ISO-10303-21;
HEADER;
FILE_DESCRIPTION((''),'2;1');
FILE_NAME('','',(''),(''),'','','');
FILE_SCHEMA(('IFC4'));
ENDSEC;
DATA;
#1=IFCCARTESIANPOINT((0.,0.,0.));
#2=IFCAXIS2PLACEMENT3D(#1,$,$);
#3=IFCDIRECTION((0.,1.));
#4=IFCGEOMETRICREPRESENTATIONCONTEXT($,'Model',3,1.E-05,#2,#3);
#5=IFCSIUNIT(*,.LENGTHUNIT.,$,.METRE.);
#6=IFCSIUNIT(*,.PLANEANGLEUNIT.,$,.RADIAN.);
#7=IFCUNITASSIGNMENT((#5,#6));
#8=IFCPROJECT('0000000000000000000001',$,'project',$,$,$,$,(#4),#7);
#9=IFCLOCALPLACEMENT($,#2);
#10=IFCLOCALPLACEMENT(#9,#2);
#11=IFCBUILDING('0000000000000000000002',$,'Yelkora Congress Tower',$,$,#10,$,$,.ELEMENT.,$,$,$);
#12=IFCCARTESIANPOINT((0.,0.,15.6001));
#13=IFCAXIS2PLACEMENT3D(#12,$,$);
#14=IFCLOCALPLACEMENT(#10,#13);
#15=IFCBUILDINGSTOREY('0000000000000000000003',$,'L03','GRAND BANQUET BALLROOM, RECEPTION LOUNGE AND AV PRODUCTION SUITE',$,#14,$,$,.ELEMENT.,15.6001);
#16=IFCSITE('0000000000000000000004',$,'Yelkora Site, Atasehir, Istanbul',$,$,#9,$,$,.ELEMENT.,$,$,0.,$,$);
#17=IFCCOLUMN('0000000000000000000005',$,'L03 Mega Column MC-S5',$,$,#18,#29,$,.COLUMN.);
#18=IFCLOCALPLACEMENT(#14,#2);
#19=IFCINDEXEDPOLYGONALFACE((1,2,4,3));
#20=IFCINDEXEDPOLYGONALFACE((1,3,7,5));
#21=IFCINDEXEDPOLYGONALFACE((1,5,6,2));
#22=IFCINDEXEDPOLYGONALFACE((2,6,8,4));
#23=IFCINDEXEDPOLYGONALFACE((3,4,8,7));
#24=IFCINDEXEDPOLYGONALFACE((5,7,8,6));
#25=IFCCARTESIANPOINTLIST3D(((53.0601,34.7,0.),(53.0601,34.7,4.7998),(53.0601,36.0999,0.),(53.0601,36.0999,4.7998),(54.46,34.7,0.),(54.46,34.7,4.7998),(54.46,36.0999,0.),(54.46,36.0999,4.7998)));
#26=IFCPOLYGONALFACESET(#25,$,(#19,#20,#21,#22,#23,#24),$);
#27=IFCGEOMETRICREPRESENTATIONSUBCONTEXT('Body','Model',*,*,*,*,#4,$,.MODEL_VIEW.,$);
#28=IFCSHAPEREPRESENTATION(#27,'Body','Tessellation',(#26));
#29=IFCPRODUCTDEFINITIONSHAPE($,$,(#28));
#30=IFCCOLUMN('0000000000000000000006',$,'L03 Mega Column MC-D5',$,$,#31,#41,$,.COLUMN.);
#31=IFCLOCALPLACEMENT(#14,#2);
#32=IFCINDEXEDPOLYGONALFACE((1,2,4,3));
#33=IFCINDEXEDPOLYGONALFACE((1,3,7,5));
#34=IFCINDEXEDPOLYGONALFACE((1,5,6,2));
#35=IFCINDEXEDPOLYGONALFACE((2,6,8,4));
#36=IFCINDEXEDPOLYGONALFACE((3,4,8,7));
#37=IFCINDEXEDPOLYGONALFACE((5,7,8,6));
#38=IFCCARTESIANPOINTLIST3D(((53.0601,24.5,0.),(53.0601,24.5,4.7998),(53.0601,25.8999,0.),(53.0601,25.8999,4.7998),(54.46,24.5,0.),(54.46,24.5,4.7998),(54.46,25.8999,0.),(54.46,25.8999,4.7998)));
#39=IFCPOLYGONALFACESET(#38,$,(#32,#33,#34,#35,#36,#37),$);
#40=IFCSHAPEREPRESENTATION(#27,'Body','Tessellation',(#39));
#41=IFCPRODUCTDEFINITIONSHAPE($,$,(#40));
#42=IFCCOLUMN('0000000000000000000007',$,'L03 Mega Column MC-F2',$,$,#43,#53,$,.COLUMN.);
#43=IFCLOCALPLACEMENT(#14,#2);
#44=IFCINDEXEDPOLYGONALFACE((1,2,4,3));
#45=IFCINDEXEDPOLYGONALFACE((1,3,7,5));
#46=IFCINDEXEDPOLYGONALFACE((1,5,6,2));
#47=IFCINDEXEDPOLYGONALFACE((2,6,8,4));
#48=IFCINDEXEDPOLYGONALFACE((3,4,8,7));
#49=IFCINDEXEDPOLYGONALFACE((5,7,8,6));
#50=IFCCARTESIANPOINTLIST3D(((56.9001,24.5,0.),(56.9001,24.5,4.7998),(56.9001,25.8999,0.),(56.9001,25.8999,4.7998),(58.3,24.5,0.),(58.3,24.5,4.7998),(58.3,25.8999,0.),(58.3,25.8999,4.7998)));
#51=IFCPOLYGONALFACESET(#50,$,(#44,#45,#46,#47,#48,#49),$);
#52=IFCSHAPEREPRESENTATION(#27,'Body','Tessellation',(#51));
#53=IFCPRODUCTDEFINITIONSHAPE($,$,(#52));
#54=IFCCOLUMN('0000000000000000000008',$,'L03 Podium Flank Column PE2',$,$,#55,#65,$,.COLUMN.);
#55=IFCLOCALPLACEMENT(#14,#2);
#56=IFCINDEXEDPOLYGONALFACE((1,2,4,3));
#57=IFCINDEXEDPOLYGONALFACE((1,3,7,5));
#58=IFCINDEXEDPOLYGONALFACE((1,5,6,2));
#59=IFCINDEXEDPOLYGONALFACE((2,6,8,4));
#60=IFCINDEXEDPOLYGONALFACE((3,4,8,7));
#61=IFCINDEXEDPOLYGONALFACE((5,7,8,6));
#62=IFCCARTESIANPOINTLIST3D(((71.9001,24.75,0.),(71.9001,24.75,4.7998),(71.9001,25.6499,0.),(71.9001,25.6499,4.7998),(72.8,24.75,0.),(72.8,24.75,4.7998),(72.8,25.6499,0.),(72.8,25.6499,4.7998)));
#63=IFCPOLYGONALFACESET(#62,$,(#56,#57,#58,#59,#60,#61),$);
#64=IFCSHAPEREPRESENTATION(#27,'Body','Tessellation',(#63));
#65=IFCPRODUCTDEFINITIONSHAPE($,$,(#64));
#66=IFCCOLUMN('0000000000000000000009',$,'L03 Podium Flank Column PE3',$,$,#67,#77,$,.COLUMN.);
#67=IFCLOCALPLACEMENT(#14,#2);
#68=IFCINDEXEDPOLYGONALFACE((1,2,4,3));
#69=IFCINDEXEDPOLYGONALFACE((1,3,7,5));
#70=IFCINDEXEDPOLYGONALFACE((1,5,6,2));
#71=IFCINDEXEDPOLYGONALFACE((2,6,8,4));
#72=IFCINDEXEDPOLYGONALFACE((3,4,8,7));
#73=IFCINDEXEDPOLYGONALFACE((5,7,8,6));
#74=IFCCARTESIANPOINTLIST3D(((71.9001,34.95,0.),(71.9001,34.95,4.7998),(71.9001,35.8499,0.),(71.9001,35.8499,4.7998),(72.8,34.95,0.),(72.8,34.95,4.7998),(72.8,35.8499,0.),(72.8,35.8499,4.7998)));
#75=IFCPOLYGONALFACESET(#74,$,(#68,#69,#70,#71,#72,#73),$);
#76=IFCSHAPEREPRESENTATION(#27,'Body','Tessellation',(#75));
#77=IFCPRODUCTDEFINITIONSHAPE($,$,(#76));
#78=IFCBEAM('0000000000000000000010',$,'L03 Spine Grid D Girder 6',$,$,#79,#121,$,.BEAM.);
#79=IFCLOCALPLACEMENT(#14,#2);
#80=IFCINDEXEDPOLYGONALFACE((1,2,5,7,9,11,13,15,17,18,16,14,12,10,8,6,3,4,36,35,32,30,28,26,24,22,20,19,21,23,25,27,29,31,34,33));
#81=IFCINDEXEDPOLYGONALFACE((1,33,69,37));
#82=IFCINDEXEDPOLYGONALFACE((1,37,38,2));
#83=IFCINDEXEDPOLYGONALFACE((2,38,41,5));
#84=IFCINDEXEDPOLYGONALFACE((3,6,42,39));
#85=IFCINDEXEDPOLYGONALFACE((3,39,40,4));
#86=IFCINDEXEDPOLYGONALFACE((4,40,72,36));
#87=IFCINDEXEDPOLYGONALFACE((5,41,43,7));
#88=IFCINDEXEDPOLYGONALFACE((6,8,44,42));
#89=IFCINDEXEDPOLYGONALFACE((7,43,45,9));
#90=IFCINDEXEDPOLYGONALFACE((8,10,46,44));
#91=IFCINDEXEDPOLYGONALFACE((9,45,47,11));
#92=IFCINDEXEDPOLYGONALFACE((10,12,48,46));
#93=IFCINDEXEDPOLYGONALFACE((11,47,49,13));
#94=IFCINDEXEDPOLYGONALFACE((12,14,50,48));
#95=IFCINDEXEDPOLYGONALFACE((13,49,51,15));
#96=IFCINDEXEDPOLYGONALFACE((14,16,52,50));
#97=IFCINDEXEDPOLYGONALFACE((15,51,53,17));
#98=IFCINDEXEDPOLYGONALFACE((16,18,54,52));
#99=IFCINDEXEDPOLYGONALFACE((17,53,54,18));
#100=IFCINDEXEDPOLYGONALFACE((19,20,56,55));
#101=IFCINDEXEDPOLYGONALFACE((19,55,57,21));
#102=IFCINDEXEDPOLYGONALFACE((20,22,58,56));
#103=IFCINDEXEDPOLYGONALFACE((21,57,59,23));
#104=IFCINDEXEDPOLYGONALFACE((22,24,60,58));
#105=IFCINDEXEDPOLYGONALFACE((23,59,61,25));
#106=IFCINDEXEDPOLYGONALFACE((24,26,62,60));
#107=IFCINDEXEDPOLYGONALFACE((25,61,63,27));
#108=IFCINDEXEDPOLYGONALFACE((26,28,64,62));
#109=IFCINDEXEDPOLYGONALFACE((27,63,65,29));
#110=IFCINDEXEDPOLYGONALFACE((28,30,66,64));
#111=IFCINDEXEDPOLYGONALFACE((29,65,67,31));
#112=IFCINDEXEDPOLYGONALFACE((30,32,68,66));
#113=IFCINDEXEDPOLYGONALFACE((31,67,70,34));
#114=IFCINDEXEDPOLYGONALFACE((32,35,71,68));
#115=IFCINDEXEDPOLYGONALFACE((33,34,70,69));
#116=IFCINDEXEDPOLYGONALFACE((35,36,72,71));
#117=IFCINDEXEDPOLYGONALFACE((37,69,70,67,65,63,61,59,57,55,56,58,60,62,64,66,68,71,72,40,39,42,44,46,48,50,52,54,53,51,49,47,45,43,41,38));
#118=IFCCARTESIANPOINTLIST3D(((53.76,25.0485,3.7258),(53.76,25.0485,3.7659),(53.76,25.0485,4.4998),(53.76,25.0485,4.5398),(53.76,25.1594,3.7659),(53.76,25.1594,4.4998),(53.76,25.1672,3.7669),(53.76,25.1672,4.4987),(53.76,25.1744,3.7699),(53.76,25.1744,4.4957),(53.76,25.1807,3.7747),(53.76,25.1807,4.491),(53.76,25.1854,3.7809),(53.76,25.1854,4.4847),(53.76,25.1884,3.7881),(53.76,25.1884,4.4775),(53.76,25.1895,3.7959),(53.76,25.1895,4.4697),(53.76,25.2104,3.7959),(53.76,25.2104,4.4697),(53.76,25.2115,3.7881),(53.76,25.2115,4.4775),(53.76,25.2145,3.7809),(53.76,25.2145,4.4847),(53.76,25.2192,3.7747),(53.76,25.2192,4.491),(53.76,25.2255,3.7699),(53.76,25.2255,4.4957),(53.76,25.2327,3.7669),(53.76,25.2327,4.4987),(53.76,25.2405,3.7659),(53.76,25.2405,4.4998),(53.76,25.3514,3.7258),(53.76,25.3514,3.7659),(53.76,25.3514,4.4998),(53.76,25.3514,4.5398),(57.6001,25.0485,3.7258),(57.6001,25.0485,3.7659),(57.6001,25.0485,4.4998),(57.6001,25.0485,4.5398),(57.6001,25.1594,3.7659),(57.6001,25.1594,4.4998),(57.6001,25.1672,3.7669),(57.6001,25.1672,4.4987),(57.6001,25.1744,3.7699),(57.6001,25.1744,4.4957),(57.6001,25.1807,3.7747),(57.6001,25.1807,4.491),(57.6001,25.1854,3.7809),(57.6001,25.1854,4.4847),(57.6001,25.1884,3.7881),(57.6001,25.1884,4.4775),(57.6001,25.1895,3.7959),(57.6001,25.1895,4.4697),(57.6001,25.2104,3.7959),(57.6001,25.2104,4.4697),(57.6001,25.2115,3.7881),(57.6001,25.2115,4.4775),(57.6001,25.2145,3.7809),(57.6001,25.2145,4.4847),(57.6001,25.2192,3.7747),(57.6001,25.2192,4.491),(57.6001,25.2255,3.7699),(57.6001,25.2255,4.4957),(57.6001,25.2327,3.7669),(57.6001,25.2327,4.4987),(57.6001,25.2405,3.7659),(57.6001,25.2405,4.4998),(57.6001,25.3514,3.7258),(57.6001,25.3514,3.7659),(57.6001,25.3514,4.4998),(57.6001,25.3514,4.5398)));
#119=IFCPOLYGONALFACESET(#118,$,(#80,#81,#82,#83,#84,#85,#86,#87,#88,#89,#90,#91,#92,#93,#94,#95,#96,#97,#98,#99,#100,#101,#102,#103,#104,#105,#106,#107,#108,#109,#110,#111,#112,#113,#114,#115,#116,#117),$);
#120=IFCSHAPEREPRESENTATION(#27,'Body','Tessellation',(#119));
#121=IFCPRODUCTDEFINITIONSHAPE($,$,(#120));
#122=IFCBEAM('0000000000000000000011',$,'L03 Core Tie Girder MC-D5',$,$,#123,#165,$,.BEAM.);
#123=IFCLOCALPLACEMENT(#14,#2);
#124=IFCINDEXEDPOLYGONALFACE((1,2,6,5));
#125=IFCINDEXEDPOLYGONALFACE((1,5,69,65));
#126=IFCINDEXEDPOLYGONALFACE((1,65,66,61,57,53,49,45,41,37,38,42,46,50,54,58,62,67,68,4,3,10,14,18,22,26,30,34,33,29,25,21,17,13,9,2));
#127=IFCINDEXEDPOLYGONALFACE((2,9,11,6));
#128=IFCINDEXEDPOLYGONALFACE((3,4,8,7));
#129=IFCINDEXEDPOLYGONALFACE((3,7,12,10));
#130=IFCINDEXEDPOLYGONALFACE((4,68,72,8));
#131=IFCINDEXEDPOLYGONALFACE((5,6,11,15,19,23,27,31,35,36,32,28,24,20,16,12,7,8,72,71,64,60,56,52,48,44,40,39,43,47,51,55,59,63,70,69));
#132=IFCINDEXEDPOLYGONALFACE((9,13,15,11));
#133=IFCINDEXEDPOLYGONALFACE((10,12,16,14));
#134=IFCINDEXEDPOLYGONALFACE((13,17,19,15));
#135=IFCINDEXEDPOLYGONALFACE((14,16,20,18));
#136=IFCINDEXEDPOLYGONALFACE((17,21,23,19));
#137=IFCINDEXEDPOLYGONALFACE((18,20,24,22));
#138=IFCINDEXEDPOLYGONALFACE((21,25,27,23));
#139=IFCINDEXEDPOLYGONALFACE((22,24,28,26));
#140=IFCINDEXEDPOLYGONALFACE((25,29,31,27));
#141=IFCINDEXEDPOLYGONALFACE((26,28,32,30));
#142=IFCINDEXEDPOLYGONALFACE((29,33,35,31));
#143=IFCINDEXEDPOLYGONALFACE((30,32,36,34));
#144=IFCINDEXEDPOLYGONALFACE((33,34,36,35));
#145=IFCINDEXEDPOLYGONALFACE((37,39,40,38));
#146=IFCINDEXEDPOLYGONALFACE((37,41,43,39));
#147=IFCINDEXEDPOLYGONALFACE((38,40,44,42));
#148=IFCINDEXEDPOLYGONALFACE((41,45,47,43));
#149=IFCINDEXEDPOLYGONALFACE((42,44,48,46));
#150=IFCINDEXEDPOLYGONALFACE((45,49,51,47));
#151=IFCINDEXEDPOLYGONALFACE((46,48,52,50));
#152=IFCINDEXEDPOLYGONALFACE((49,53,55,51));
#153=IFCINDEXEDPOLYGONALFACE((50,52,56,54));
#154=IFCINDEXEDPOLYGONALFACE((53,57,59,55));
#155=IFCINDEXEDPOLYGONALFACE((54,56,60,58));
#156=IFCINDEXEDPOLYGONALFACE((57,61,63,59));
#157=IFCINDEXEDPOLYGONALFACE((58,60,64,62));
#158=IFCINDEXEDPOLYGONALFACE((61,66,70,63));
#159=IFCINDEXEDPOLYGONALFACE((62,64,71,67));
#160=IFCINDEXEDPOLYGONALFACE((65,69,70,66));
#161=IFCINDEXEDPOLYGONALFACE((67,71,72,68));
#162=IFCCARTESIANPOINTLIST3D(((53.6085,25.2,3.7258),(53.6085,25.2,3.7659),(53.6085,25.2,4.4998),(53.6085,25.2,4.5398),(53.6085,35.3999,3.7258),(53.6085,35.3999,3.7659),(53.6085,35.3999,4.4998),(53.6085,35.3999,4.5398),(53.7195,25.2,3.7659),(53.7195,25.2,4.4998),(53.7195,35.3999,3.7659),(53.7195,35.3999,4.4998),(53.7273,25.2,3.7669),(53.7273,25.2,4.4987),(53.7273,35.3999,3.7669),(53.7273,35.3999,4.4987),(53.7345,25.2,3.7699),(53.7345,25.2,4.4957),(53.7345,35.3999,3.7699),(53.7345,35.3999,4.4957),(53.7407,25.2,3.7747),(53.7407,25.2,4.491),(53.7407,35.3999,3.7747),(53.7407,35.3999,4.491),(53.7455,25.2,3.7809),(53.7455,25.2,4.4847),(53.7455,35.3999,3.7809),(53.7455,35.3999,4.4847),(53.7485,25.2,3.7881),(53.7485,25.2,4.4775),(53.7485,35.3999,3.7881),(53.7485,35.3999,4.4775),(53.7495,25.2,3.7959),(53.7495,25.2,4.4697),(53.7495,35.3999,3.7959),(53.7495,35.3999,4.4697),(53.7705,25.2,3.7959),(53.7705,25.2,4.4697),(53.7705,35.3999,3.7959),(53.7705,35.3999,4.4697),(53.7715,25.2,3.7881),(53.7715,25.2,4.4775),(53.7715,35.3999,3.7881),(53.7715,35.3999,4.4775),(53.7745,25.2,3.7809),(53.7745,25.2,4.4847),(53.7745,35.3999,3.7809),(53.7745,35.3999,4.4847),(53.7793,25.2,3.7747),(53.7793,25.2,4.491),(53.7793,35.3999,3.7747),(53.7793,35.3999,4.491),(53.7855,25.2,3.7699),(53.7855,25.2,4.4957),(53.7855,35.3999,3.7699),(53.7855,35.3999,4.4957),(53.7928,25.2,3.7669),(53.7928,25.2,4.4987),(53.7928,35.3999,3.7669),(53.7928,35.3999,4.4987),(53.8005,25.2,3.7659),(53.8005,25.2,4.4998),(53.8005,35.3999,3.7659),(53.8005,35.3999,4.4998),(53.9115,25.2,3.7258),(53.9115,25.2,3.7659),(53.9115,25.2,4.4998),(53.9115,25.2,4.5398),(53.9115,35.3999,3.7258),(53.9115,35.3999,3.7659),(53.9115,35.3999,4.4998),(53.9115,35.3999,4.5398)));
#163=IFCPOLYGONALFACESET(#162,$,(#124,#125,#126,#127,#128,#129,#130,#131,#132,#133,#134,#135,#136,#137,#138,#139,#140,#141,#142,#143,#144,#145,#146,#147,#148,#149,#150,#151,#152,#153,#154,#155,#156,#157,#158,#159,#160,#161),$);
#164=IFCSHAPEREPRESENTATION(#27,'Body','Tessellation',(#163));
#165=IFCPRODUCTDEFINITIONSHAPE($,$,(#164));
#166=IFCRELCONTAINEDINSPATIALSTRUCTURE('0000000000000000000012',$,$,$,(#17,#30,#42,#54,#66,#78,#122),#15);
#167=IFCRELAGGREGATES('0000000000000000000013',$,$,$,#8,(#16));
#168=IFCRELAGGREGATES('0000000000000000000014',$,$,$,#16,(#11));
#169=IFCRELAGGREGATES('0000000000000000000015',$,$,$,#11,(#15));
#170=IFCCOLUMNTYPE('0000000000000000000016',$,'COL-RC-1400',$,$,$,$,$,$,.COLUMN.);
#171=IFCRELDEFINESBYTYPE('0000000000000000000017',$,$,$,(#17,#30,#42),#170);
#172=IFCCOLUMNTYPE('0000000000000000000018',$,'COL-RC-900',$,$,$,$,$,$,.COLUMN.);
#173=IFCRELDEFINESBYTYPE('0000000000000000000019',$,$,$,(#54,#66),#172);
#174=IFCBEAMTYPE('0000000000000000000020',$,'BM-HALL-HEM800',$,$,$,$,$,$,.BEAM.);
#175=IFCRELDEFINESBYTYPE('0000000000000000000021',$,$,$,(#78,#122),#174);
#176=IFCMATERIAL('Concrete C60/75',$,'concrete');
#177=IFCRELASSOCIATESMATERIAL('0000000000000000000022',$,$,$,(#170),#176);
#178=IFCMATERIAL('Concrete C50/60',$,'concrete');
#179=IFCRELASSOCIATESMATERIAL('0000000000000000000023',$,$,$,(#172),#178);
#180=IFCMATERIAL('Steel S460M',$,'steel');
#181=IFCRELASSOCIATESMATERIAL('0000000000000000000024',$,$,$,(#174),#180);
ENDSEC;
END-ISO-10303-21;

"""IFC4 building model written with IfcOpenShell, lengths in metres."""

from ifc_helpers import new_model, si_unit, direction, frame, origin, origin_2d, place, context, subcontext, project, spatial, rectangle, i_section, extrude, material, material_profile, profile_set, type_object, element, save


model = new_model("IFC4")

# Units and contexts
model_context = context("Model", 3, precision=1e-05, world=origin(), true_north=direction((0.0, 1.0)))
body_context = subcontext(model_context, "Body", "Model", "MODEL_VIEW")
ifc_project = project(units=[si_unit("LENGTHUNIT", "METRE"), si_unit("PLANEANGLEUNIT", "RADIAN")], contexts=[model_context])

# Site, building, storey
site_placement = place(None, origin())
site = spatial("IfcSite", under=ifc_project, at=site_placement, Name="Yelkora Site, Atasehir, Istanbul", CompositionType="ELEMENT", RefElevation=0.0)
building_placement = place(site_placement, origin())
building = spatial("IfcBuilding", under=site, at=building_placement, Name="Yelkora Congress Tower", CompositionType="ELEMENT")
storey_placement = place(building_placement, frame((0.0, 0.0, 15.6001)))
storey = spatial("IfcBuildingStorey", under=building, at=storey_placement, Name="L03", Description="GRAND BANQUET BALLROOM, RECEPTION LOUNGE AND AV PRODUCTION SUITE", CompositionType="ELEMENT", Elevation=15.6001)

# Columns
ifc_material_1 = material(Name="Concrete C60/75", Category="concrete")
ifc_material_profile_1 = material_profile(ifc_material_1, rectangle(XDim=1.3999, YDim=1.3999, at=origin_2d()), Name="RC 1400x1400")
ifc_profile_set_1 = profile_set([ifc_material_profile_1], Name="Concrete C60/75")
column_type_1 = type_object("IfcColumnType", Name="COL-RC-1400", PredefinedType="COLUMN", material=ifc_profile_set_1)
for number, where, z_axis, x_axis, name in (
    (1, (53.76, 35.3999, 0.0), (0.0, 0.0, 1.0), (1.0, 0.0, 0.0), "L03 Mega Column MC-S5"),
    (2, (53.76, 25.2, 0.0), (0.0, 0.0, 1.0), (1.0, 0.0, 0.0), "L03 Mega Column MC-D5"),
    (3, (57.6001, 25.2, 0.0), (0.0, 0.0, 1.0), (1.0, 0.0, 0.0), "L03 Mega Column MC-F2"),
):
    element("IfcColumn", number, at=place(storey_placement, frame(where, z_axis=z_axis, x_axis=x_axis)), inside=storey, type_object=column_type_1, Name=name, PredefinedType="COLUMN", context=body_context, shape_type="SweptSolid", body=[
        extrude(rectangle(XDim=1.3999, YDim=1.3999, at=origin_2d()), origin(), (0.0, 0.0, 1.0), 4.7998),
    ])
ifc_material_2 = material(Name="Concrete C50/60", Category="concrete")
ifc_material_profile_2 = material_profile(ifc_material_2, rectangle(XDim=0.8999, YDim=0.8999, at=origin_2d()), Name="RC 900x900")
ifc_profile_set_2 = profile_set([ifc_material_profile_2], Name="Concrete C50/60")
column_type_2 = type_object("IfcColumnType", Name="COL-RC-900", PredefinedType="COLUMN", material=ifc_profile_set_2)
for number, where, z_axis, x_axis, name in (
    (4, (72.3501, 25.2, 0.0), (0.0, 0.0, 1.0), (1.0, 0.0, 0.0), "L03 Podium Flank Column PE2"),
    (5, (72.3501, 35.3999, 0.0), (0.0, 0.0, 1.0), (1.0, 0.0, 0.0), "L03 Podium Flank Column PE3"),
):
    element("IfcColumn", number, at=place(storey_placement, frame(where, z_axis=z_axis, x_axis=x_axis)), inside=storey, type_object=column_type_2, Name=name, PredefinedType="COLUMN", context=body_context, shape_type="SweptSolid", body=[
        extrude(rectangle(XDim=0.8999, YDim=0.8999, at=origin_2d()), origin(), (0.0, 0.0, 1.0), 4.7998),
    ])

# Beams
ifc_material_3 = material(Name="Steel S460M", Category="steel")
ifc_material_profile_3 = material_profile(ifc_material_3, i_section(OverallWidth=0.303, OverallDepth=0.814, WebThickness=0.021, FlangeThickness=0.04, FilletRadius=0.03, at=origin_2d()), Name="HEM 800")
ifc_profile_set_3 = profile_set([ifc_material_profile_3], Name="Steel S460M")
beam_type_1 = type_object("IfcBeamType", Name="BM-HALL-HEM800", PredefinedType="BEAM", material=ifc_profile_set_3)
beam_1_placement = place(storey_placement, frame((53.76, 25.2, 4.1328), z_axis=(1.0, 0.0, 0.0), x_axis=(0.0, 1.0, 0.0)))
element("IfcBeam", 6, at=beam_1_placement, inside=storey, type_object=beam_type_1, Name="L03 Spine Grid D Girder 6", PredefinedType="BEAM", context=body_context, shape_type="SweptSolid", body=[
    extrude(i_section(OverallWidth=0.303, OverallDepth=0.814, WebThickness=0.021, FlangeThickness=0.04, FilletRadius=0.03, at=origin_2d()), origin(), (0.0, 0.0, 1.0), 3.8401),
])
beam_2_placement = place(storey_placement, frame((53.76, 25.2, 4.1328), z_axis=(0.0, 1.0, 0.0), x_axis=(-1.0, 0.0, 0.0)))
element("IfcBeam", 7, at=beam_2_placement, inside=storey, type_object=beam_type_1, Name="L03 Core Tie Girder MC-D5", PredefinedType="BEAM", context=body_context, shape_type="SweptSolid", body=[
    extrude(i_section(OverallWidth=0.303, OverallDepth=0.814, WebThickness=0.021, FlangeThickness=0.04, FilletRadius=0.03, at=origin_2d()), origin(), (0.0, 0.0, 1.0), 10.2),
])

save(model, "model.ifc")
